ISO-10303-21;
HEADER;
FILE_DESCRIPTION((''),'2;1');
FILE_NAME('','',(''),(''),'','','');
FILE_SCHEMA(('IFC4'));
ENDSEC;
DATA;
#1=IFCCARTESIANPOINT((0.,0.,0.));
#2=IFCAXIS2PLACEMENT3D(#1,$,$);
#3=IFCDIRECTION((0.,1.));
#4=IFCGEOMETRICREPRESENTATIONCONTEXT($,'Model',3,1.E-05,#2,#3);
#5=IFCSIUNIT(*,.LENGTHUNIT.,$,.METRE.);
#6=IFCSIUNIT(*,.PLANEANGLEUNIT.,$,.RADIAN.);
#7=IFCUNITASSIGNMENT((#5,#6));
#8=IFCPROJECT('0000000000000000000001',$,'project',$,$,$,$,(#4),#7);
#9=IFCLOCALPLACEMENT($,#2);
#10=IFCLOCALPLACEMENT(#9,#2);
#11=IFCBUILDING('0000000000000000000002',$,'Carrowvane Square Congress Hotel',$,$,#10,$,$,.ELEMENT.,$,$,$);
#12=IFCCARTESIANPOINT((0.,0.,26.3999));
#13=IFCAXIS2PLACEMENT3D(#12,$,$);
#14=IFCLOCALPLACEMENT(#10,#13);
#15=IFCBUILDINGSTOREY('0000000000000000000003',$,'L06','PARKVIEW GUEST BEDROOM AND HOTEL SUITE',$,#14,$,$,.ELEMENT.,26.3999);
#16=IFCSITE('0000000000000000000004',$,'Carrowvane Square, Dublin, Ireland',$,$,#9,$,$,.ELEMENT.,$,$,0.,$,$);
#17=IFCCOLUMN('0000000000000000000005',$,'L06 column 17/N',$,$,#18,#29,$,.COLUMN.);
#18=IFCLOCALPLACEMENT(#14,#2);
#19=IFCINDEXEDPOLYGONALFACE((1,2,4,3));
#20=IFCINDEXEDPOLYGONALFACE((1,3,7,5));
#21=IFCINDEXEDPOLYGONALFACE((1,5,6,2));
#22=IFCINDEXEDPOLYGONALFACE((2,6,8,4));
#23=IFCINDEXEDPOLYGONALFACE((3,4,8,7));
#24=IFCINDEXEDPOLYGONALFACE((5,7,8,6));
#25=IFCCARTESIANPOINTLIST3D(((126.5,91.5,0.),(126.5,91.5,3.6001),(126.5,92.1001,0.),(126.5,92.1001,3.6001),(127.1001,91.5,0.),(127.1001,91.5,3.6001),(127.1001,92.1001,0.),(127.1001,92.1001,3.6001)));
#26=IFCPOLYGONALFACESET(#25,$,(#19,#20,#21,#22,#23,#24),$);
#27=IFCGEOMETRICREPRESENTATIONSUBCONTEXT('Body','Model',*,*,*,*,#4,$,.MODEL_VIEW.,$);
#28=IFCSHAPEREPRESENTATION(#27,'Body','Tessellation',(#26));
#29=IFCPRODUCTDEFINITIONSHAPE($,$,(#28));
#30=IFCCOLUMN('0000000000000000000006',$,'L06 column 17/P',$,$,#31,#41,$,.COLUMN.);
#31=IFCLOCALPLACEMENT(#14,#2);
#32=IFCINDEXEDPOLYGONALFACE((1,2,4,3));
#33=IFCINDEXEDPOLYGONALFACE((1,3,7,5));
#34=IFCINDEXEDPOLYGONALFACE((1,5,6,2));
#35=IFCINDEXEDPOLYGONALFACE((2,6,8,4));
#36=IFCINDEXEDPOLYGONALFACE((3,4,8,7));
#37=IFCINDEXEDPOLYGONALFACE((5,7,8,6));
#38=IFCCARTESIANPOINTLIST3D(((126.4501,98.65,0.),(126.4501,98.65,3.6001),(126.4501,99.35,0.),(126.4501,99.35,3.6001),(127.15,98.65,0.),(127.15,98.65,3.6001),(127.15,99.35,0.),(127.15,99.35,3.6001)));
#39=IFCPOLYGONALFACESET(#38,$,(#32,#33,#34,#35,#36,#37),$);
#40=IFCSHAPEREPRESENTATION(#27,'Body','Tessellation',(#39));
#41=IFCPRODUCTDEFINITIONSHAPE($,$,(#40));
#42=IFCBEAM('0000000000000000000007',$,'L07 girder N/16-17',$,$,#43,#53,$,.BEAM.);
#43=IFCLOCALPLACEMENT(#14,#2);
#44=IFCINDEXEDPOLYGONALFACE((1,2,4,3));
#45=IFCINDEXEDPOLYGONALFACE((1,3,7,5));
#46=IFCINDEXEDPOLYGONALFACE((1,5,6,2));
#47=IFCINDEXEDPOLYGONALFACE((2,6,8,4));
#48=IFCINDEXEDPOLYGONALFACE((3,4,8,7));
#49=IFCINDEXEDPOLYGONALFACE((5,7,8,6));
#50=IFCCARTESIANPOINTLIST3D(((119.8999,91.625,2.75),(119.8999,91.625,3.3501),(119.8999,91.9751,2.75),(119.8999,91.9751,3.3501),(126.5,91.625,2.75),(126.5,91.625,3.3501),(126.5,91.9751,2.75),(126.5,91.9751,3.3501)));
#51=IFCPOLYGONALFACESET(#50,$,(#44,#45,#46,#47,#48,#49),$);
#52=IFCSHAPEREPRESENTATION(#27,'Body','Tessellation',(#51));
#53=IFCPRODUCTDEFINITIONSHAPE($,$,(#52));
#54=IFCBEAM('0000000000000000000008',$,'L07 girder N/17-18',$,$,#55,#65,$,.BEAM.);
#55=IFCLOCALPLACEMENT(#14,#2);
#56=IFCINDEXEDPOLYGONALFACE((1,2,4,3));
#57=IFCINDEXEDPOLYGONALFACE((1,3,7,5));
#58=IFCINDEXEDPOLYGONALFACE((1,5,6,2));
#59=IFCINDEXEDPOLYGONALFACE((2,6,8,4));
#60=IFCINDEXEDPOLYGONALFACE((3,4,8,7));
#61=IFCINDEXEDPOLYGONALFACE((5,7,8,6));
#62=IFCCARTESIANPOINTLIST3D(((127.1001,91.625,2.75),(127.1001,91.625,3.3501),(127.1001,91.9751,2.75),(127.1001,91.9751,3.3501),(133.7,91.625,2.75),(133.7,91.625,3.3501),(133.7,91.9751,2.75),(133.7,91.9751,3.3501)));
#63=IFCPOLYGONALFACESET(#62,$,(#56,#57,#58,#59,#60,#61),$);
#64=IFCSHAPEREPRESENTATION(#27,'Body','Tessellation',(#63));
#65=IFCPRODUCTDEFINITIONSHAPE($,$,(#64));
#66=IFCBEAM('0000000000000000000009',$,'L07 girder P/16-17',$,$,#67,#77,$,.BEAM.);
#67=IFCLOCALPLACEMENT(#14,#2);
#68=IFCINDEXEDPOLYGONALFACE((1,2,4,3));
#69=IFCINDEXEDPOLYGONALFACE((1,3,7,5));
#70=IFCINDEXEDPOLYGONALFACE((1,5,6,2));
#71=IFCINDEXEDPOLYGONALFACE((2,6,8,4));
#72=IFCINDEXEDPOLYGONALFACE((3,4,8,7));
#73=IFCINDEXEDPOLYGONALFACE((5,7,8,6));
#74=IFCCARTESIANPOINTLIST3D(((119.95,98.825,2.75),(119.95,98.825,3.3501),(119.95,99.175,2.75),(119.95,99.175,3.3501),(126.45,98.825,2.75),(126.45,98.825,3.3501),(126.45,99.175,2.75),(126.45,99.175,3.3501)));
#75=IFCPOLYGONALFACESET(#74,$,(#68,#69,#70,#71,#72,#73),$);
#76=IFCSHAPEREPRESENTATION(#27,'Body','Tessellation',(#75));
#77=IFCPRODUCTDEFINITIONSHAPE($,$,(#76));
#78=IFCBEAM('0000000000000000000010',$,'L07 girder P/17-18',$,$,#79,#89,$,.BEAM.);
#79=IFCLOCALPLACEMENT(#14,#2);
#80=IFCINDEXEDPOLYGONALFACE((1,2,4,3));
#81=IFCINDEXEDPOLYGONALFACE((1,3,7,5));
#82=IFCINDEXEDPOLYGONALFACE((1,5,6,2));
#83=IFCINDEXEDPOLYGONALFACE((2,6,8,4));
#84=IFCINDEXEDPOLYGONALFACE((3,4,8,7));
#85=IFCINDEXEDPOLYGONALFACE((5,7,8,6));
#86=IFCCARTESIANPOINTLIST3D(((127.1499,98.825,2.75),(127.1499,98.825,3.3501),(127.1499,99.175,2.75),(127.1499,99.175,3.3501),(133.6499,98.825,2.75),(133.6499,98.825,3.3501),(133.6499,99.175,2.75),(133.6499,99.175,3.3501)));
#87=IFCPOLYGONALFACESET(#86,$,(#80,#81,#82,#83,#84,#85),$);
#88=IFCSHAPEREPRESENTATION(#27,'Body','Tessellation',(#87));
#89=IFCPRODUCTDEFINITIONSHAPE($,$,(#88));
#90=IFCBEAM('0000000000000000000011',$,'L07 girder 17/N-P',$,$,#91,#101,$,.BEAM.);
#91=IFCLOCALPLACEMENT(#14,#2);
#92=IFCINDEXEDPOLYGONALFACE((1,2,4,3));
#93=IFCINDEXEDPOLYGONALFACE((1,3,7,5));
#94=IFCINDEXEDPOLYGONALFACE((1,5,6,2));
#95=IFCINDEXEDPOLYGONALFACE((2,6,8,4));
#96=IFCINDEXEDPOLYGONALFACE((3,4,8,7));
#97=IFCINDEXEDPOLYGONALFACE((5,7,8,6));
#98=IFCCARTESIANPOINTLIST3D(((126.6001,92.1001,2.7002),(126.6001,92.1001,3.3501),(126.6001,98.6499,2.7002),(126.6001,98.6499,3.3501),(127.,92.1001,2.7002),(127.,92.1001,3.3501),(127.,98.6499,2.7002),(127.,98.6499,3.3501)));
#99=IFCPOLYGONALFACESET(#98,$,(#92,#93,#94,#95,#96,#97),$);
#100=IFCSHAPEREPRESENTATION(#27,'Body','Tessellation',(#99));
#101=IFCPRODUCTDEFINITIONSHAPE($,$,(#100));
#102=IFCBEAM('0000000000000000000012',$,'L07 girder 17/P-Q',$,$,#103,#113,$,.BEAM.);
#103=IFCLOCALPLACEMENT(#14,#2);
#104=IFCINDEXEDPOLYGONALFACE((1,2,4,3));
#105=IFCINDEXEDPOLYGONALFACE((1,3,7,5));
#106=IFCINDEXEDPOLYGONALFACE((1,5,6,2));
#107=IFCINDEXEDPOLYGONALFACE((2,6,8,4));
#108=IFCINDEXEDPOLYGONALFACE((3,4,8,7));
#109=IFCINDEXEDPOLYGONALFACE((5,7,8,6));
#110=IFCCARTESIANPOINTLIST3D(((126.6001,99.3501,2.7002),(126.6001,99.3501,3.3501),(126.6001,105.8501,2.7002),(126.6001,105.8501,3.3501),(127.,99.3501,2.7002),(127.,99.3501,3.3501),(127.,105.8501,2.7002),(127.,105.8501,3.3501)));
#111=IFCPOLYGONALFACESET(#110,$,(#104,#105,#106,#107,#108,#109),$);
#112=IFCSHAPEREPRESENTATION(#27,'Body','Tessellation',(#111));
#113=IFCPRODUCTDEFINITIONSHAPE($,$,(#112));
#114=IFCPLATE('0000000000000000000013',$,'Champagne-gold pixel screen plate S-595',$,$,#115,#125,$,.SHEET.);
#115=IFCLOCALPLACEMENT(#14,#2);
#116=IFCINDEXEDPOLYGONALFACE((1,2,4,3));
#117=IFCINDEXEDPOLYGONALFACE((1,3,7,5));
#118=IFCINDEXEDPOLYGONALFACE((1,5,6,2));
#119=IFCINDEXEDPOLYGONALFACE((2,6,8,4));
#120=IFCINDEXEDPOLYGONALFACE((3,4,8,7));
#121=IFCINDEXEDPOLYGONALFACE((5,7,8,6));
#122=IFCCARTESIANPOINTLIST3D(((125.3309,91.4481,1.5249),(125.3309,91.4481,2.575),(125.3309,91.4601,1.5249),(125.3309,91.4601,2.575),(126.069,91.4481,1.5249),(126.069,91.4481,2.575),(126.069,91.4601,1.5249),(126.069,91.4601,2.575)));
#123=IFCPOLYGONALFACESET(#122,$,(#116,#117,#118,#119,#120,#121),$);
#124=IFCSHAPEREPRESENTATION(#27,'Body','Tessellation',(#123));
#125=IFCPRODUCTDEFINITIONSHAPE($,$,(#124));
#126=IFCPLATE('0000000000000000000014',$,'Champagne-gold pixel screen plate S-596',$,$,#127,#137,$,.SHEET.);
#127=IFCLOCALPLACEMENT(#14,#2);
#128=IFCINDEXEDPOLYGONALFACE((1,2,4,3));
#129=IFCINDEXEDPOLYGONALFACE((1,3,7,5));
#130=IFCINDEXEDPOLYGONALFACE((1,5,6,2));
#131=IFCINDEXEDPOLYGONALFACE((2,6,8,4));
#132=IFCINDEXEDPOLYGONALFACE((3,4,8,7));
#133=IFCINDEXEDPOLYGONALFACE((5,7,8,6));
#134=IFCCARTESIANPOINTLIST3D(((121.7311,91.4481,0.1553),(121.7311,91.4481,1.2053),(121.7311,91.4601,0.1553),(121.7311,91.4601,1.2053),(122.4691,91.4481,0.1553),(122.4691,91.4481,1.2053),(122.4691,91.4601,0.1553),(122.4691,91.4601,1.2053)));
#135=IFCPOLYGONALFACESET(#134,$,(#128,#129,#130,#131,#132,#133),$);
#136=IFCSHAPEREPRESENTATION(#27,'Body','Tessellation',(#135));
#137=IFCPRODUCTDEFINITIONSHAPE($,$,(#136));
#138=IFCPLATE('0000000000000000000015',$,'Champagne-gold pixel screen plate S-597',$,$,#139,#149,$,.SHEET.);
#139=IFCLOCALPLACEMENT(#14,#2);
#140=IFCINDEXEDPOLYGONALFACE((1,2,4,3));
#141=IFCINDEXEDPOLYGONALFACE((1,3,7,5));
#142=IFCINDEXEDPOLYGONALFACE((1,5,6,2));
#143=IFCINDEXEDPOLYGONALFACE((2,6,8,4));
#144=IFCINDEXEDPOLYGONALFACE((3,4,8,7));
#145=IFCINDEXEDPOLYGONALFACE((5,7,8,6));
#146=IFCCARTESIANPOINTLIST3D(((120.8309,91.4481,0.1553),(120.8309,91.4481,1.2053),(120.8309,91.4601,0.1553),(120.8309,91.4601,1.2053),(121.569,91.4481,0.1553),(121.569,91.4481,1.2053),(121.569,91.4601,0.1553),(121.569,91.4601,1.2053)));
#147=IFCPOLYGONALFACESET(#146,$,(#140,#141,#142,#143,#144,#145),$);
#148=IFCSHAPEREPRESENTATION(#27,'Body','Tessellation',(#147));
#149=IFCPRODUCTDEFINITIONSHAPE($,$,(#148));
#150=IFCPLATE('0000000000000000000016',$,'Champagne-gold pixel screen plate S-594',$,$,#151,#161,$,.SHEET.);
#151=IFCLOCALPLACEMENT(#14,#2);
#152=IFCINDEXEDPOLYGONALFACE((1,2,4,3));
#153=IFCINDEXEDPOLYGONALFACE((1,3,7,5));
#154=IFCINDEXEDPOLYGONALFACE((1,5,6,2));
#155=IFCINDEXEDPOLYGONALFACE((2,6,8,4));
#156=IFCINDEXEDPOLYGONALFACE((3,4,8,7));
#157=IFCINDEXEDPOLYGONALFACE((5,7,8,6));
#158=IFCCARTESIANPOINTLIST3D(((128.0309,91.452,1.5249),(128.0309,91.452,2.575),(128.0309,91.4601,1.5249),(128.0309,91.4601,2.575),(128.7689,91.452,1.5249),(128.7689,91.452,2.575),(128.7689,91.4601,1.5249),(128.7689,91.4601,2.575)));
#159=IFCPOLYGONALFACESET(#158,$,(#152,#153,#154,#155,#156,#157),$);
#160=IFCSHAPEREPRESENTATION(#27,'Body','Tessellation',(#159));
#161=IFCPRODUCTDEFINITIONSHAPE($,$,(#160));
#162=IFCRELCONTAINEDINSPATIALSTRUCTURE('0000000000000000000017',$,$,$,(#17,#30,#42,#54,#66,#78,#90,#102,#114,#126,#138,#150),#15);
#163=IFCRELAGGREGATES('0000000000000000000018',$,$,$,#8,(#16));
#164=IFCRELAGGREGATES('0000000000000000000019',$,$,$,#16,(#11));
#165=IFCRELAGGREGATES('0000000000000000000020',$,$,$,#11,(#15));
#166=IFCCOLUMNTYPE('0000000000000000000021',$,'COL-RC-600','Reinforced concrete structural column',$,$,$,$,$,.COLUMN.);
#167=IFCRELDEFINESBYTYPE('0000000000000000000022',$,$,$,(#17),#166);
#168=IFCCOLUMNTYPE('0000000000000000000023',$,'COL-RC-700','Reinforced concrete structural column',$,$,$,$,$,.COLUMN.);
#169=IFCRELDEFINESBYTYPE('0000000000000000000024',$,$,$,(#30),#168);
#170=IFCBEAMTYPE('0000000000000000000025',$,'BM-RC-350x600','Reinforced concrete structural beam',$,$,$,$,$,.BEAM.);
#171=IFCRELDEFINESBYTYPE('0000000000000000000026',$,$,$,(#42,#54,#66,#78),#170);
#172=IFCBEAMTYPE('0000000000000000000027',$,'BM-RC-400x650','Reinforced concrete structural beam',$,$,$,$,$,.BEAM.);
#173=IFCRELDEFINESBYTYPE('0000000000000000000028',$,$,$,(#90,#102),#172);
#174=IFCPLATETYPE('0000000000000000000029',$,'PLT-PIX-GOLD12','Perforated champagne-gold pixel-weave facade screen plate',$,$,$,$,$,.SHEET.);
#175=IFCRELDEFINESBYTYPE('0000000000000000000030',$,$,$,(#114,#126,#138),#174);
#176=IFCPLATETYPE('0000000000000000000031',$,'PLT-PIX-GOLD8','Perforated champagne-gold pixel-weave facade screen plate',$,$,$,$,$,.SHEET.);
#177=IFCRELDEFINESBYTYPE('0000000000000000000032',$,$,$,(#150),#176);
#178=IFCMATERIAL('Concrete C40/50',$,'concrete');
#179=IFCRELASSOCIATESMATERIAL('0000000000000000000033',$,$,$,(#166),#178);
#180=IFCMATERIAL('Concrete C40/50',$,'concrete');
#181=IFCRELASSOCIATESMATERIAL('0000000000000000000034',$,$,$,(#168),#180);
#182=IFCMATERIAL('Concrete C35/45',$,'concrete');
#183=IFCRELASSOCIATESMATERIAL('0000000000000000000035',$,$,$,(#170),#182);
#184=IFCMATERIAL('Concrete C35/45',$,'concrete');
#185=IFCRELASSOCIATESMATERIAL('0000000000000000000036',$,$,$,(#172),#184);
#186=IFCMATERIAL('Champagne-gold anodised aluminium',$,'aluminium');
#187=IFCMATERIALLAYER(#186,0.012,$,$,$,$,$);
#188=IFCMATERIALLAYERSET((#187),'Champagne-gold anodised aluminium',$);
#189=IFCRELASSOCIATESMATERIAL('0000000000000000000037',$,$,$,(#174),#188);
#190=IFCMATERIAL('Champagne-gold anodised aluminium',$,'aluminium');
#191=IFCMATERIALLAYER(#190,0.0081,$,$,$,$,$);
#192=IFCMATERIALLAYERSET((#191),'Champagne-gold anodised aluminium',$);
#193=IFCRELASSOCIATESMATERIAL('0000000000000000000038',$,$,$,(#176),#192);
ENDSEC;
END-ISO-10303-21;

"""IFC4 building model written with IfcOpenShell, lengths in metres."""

from ifc_helpers import new_model, si_unit, direction, frame, origin, origin_2d, place, context, subcontext, project, spatial, rectangle, extrude, material, layer, layer_set, material_profile, profile_set, type_object, element, save


model = new_model("IFC4")

# Units and contexts
model_context = context("Model", 3, precision=1e-05, world=origin(), true_north=direction((0.0, 1.0)))
body_context = subcontext(model_context, "Body", "Model", "MODEL_VIEW")
ifc_project = project(units=[si_unit("LENGTHUNIT", "METRE"), si_unit("PLANEANGLEUNIT", "RADIAN")], contexts=[model_context])

# Site, building, storey
site_placement = place(None, origin())
site = spatial("IfcSite", under=ifc_project, at=site_placement, Name="Carrowvane Square, Dublin, Ireland", CompositionType="ELEMENT", RefElevation=0.0)
building_placement = place(site_placement, origin())
building = spatial("IfcBuilding", under=site, at=building_placement, Name="Carrowvane Square Congress Hotel", CompositionType="ELEMENT")
storey_placement = place(building_placement, frame((0.0, 0.0, 26.3999)))
storey = spatial("IfcBuildingStorey", under=building, at=storey_placement, Name="L06", Description="PARKVIEW GUEST BEDROOM AND HOTEL SUITE", CompositionType="ELEMENT", Elevation=26.3999)

# Columns
ifc_material_1 = material(Name="Concrete C40/50", Category="concrete")
ifc_material_profile_1 = material_profile(ifc_material_1, rectangle(XDim=0.6001, YDim=0.6001, at=origin_2d()), Name="RC 600x600")
ifc_profile_set_1 = profile_set([ifc_material_profile_1], Name="Concrete C40/50")
column_type_1 = type_object("IfcColumnType", Name="COL-RC-600", Description="Reinforced concrete structural column", PredefinedType="COLUMN", material=ifc_profile_set_1)
column_1_placement = place(storey_placement, frame((126.8, 91.8, 0.0), z_axis=(0.0, 0.0, 1.0), x_axis=(1.0, 0.0, 0.0)))
element("IfcColumn", 1, at=column_1_placement, inside=storey, type_object=column_type_1, Name="L06 column 17/N", PredefinedType="COLUMN", context=body_context, shape_type="SweptSolid", body=[
    extrude(rectangle(XDim=0.6001, YDim=0.6001, at=origin_2d()), origin(), (0.0, 0.0, 1.0), 3.6001),
])
ifc_material_2 = material(Name="Concrete C40/50", Category="concrete")
ifc_material_profile_2 = material_profile(ifc_material_2, rectangle(XDim=0.7, YDim=0.7, at=origin_2d()), Name="RC 700x700")
ifc_profile_set_2 = profile_set([ifc_material_profile_2], Name="Concrete C40/50")
column_type_2 = type_object("IfcColumnType", Name="COL-RC-700", Description="Reinforced concrete structural column", PredefinedType="COLUMN", material=ifc_profile_set_2)
column_2_placement = place(storey_placement, frame((126.8, 99.0, 0.0), z_axis=(0.0, 0.0, 1.0), x_axis=(1.0, 0.0, 0.0)))
element("IfcColumn", 2, at=column_2_placement, inside=storey, type_object=column_type_2, Name="L06 column 17/P", PredefinedType="COLUMN", context=body_context, shape_type="SweptSolid", body=[
    extrude(rectangle(XDim=0.7, YDim=0.7, at=origin_2d()), origin(), (0.0, 0.0, 1.0), 3.6001),
])

# Beams
ifc_material_3 = material(Name="Concrete C35/45", Category="concrete")
ifc_material_profile_3 = material_profile(ifc_material_3, rectangle(XDim=0.3501, YDim=0.6001, at=origin_2d()), Name="RC 350x600")
ifc_profile_set_3 = profile_set([ifc_material_profile_3], Name="Concrete C35/45")
beam_type_1 = type_object("IfcBeamType", Name="BM-RC-350x600", Description="Reinforced concrete structural beam", PredefinedType="BEAM", material=ifc_profile_set_3)
beam_1_placement = place(storey_placement, frame((119.8999, 91.8, 3.05), z_axis=(1.0, 0.0, 0.0), x_axis=(0.0, 1.0, 0.0)))
element("IfcBeam", 3, at=beam_1_placement, inside=storey, type_object=beam_type_1, Name="L07 girder N/16-17", PredefinedType="BEAM", context=body_context, shape_type="SweptSolid", body=[
    extrude(rectangle(XDim=0.3501, YDim=0.6001, at=origin_2d()), origin(), (0.0, 0.0, 1.0), 6.6001),
])
beam_2_placement = place(storey_placement, frame((127.1001, 91.8, 3.05), z_axis=(1.0, 0.0, 0.0), x_axis=(0.0, 1.0, 0.0)))
element("IfcBeam", 4, at=beam_2_placement, inside=storey, type_object=beam_type_1, Name="L07 girder N/17-18", PredefinedType="BEAM", context=body_context, shape_type="SweptSolid", body=[
    extrude(rectangle(XDim=0.3501, YDim=0.6001, at=origin_2d()), origin(), (0.0, 0.0, 1.0), 6.5999),
])
for number, where, z_axis, x_axis, name in (
    (5, (119.95, 99.0, 3.05), (1.0, 0.0, 0.0), (0.0, 1.0, 0.0), "L07 girder P/16-17"),
    (6, (127.1499, 99.0, 3.05), (1.0, 0.0, 0.0), (0.0, 1.0, 0.0), "L07 girder P/17-18"),
):
    element("IfcBeam", number, at=place(storey_placement, frame(where, z_axis=z_axis, x_axis=x_axis)), inside=storey, type_object=beam_type_1, Name=name, PredefinedType="BEAM", context=body_context, shape_type="SweptSolid", body=[
        extrude(rectangle(XDim=0.3501, YDim=0.6001, at=origin_2d()), origin(), (0.0, 0.0, 1.0), 6.5),
    ])
ifc_material_4 = material(Name="Concrete C35/45", Category="concrete")
ifc_material_profile_4 = material_profile(ifc_material_4, rectangle(XDim=0.3999, YDim=0.6499, at=origin_2d()), Name="RC 400x650")
ifc_profile_set_4 = profile_set([ifc_material_profile_4], Name="Concrete C35/45")
beam_type_2 = type_object("IfcBeamType", Name="BM-RC-400x650", Description="Reinforced concrete structural beam", PredefinedType="BEAM", material=ifc_profile_set_4)
beam_3_placement = place(storey_placement, frame((126.8, 92.1001, 3.0251), z_axis=(0.0, 1.0, 0.0), x_axis=(-1.0, 0.0, 0.0)))
element("IfcBeam", 7, at=beam_3_placement, inside=storey, type_object=beam_type_2, Name="L07 girder 17/N-P", PredefinedType="BEAM", context=body_context, shape_type="SweptSolid", body=[
    extrude(rectangle(XDim=0.3999, YDim=0.6499, at=origin_2d()), origin(), (0.0, 0.0, 1.0), 6.5498),
])
beam_4_placement = place(storey_placement, frame((126.8, 99.3501, 3.0251), z_axis=(0.0, 1.0, 0.0), x_axis=(-1.0, 0.0, 0.0)))
element("IfcBeam", 8, at=beam_4_placement, inside=storey, type_object=beam_type_2, Name="L07 girder 17/P-Q", PredefinedType="BEAM", context=body_context, shape_type="SweptSolid", body=[
    extrude(rectangle(XDim=0.3999, YDim=0.6499, at=origin_2d()), origin(), (0.0, 0.0, 1.0), 6.5),
])

# Plates
ifc_material_5 = material(Name="Champagne-gold anodised aluminium", Category="aluminium")
ifc_layer_1 = layer(ifc_material_5, 0.012)
ifc_layer_set_1 = layer_set([ifc_layer_1], Name="Champagne-gold anodised aluminium")
plate_type_1 = type_object("IfcPlateType", Name="PLT-PIX-GOLD12", Description="Perforated champagne-gold pixel-weave facade screen plate", PredefinedType="SHEET", material=ifc_layer_set_1)
for number, where, z_axis, x_axis, name in (
    (9, (125.7, 91.4541, 1.5249), (0.0, 0.0, 1.0), (-1.0, 0.0, 0.0), "Champagne-gold pixel screen plate S-595"),
    (10, (122.1001, 91.4541, 0.1553), (0.0, 0.0, 1.0), (-1.0, 0.0, 0.0), "Champagne-gold pixel screen plate S-596"),
    (11, (121.2, 91.4541, 0.1553), (0.0, 0.0, 1.0), (-1.0, 0.0, 0.0), "Champagne-gold pixel screen plate S-597"),
):
    element("IfcPlate", number, at=place(storey_placement, frame(where, z_axis=z_axis, x_axis=x_axis)), inside=storey, type_object=plate_type_1, Name=name, PredefinedType="SHEET", context=body_context, shape_type="SweptSolid", body=[
        extrude(rectangle(XDim=0.738, YDim=0.012, at=origin_2d()), origin(), (0.0, 0.0, 1.0), 1.05),
    ])
ifc_material_6 = material(Name="Champagne-gold anodised aluminium", Category="aluminium")
ifc_layer_2 = layer(ifc_material_6, 0.0081)
ifc_layer_set_2 = layer_set([ifc_layer_2], Name="Champagne-gold anodised aluminium")
plate_type_2 = type_object("IfcPlateType", Name="PLT-PIX-GOLD8", Description="Perforated champagne-gold pixel-weave facade screen plate", PredefinedType="SHEET", material=ifc_layer_set_2)
plate_placement = place(storey_placement, frame((128.3999, 91.4561, 1.5249), z_axis=(0.0, 0.0, 1.0), x_axis=(-1.0, 0.0, 0.0)))
element("IfcPlate", 12, at=plate_placement, inside=storey, type_object=plate_type_2, Name="Champagne-gold pixel screen plate S-594", PredefinedType="SHEET", context=body_context, shape_type="SweptSolid", body=[
    extrude(rectangle(XDim=0.738, YDim=0.0081, at=origin_2d()), origin(), (0.0, 0.0, 1.0), 1.05),
])

save(model, "model.ifc")
